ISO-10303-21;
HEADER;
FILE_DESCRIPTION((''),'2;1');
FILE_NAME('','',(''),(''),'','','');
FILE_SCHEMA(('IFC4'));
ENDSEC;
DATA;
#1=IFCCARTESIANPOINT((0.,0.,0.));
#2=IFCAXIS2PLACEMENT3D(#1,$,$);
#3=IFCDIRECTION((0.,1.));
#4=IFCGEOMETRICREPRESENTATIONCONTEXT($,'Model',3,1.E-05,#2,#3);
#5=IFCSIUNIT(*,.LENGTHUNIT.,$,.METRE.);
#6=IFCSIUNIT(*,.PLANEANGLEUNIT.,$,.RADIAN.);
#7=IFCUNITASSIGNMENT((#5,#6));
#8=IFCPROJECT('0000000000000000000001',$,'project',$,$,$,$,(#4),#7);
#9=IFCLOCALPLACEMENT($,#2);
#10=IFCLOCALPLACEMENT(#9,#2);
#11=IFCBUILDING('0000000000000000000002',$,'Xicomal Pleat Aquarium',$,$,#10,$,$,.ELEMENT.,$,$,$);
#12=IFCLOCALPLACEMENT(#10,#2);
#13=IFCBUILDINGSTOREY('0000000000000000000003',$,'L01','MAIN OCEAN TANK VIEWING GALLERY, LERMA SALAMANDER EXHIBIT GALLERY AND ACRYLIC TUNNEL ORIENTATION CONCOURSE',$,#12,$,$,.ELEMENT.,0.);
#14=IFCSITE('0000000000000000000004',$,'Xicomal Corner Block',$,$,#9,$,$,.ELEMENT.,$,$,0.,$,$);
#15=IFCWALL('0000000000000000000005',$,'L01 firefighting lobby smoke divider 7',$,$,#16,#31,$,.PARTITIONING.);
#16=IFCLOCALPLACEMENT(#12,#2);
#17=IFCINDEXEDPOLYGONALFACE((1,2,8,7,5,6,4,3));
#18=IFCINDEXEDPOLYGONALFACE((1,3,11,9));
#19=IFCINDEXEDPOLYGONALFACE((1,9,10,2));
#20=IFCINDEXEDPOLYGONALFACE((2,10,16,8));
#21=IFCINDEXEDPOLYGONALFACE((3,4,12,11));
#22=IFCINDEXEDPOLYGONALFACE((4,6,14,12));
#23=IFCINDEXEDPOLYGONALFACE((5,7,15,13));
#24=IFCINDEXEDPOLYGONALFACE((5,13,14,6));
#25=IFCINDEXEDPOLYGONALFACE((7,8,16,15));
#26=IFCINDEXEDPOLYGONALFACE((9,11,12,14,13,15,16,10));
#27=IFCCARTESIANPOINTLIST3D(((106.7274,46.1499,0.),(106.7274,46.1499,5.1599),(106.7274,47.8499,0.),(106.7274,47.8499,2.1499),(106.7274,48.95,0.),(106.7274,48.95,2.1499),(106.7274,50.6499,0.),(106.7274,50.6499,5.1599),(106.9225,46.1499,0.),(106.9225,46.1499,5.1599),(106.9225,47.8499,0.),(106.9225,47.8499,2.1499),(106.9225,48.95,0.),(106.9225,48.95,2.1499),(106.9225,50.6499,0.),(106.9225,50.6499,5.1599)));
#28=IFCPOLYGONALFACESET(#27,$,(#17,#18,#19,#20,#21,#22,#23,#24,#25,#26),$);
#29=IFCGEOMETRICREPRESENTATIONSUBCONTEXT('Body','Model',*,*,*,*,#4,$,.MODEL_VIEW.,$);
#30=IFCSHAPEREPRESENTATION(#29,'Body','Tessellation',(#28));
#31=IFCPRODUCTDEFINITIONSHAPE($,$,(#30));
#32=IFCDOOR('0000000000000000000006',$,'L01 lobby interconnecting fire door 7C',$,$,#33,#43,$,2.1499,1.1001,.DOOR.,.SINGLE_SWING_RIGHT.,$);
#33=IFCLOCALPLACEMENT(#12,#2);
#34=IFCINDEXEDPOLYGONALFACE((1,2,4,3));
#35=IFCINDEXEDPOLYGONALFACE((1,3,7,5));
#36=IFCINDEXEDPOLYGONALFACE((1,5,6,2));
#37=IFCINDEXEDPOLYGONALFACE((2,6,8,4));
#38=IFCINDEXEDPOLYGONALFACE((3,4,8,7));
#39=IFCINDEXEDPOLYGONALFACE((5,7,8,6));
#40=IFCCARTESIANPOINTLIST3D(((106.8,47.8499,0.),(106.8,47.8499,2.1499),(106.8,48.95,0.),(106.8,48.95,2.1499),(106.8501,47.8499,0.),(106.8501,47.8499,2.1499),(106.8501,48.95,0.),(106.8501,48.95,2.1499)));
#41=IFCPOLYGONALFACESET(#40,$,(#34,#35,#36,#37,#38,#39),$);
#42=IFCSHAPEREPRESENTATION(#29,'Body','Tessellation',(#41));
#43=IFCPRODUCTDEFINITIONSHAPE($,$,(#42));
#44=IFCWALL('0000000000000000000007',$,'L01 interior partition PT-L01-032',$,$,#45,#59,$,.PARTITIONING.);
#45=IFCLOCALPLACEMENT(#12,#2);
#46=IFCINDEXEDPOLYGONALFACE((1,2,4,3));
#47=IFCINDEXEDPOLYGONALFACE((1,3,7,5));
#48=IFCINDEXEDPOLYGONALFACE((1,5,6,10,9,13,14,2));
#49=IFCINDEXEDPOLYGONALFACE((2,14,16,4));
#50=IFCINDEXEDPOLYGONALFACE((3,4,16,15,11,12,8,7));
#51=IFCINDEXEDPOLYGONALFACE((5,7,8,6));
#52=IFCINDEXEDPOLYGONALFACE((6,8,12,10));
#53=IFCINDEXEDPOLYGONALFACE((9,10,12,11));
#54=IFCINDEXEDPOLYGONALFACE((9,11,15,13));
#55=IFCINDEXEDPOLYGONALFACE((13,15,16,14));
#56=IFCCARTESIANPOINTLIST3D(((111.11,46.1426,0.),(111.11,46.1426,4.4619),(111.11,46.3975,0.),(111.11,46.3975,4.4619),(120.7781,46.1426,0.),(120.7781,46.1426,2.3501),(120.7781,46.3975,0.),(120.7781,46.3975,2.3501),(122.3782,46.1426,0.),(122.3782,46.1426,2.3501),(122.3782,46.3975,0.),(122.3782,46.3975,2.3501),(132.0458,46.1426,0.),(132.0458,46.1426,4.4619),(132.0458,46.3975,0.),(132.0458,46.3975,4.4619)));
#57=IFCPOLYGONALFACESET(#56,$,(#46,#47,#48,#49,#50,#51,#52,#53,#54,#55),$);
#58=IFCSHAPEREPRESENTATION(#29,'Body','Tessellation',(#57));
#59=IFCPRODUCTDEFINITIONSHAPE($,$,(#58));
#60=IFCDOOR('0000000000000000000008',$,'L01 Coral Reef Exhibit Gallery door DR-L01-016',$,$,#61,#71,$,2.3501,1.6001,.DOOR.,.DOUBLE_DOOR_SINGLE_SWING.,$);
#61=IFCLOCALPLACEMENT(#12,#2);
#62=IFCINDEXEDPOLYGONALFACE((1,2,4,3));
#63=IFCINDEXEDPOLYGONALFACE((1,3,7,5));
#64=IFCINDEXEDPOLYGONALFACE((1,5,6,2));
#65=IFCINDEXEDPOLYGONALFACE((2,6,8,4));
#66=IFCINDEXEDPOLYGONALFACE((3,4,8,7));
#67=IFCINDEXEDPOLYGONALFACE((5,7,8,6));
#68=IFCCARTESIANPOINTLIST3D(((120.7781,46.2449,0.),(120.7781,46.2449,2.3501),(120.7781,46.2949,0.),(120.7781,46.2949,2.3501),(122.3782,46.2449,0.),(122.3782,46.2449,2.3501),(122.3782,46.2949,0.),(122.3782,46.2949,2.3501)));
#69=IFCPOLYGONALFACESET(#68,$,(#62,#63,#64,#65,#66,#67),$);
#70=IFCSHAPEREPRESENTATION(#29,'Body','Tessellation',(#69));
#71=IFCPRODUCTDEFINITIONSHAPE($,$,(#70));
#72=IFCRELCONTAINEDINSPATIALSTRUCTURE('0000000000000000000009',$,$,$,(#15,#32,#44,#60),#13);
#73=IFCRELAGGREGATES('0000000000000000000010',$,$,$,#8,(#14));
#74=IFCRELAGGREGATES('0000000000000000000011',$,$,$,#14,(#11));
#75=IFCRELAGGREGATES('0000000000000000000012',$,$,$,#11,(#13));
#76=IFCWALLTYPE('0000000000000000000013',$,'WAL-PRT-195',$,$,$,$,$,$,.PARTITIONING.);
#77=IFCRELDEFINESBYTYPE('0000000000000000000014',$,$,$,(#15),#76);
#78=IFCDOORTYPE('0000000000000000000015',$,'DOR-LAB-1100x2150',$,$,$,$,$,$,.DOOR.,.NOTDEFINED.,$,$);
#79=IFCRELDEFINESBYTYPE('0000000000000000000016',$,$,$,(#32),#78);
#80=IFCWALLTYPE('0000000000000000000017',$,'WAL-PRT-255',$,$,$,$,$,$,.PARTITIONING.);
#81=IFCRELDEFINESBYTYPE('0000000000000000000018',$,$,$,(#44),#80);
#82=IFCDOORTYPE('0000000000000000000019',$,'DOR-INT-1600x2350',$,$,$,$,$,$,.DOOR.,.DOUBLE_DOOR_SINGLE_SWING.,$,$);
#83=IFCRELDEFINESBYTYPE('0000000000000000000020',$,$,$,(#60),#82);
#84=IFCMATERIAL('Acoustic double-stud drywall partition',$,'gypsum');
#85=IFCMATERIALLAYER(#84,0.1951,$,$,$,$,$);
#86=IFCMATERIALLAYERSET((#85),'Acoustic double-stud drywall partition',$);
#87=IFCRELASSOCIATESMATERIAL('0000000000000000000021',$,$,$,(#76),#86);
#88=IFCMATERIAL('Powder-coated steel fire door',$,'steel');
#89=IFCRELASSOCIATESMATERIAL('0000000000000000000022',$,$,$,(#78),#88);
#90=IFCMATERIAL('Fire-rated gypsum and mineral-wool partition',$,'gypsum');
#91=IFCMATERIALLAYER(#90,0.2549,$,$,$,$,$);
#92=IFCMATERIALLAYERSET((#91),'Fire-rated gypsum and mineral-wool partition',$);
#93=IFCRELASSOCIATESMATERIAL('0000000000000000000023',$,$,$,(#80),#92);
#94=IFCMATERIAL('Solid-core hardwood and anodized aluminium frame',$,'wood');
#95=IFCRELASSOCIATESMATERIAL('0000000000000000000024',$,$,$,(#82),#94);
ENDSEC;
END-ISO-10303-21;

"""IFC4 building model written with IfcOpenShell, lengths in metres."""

from ifc_helpers import new_model, si_unit, direction, frame, frame_2d, origin, place, context, subcontext, project, spatial, rectangle, extrude, material, layer, layer_set, type_object, element, fill, save


model = new_model("IFC4")

# Units and contexts
model_context = context("Model", 3, precision=1e-05, world=origin(), true_north=direction((0.0, 1.0)))
body_context = subcontext(model_context, "Body", "Model", "MODEL_VIEW")
ifc_project = project(units=[si_unit("LENGTHUNIT", "METRE"), si_unit("PLANEANGLEUNIT", "RADIAN")], contexts=[model_context])

# Site, building, storey
site_placement = place(None, origin())
site = spatial("IfcSite", under=ifc_project, at=site_placement, Name="Xicomal Corner Block", CompositionType="ELEMENT", RefElevation=0.0)
building_placement = place(site_placement, origin())
building = spatial("IfcBuilding", under=site, at=building_placement, Name="Xicomal Pleat Aquarium", CompositionType="ELEMENT")
storey_placement = place(building_placement, origin())
storey = spatial("IfcBuildingStorey", under=building, at=storey_placement, Name="L01", Description="MAIN OCEAN TANK VIEWING GALLERY, LERMA SALAMANDER EXHIBIT GALLERY AND ACRYLIC TUNNEL ORIENTATION CONCOURSE", CompositionType="ELEMENT", Elevation=0.0)

# Walls, openings, doors
ifc_material_1 = material(Name="Acoustic double-stud drywall partition", Category="gypsum")
ifc_layer_1 = layer(ifc_material_1, 0.1951)
ifc_layer_set_1 = layer_set([ifc_layer_1], Name="Acoustic double-stud drywall partition")
wall_type_1 = type_object("IfcWallType", Name="WAL-PRT-195", PredefinedType="PARTITIONING", material=ifc_layer_set_1)
wall_1_placement = place(storey_placement, frame((106.825, 46.1499, 0.0), z_axis=(0.0, 0.0, 1.0), x_axis=(0.0, 1.0, 0.0)))
wall_1 = element("IfcWall", 1, at=wall_1_placement, inside=storey, type_object=wall_type_1, Name="L01 firefighting lobby smoke divider 7", PredefinedType="PARTITIONING", context=body_context, shape_type="SweptSolid", body=[
    extrude(rectangle(XDim=4.5, YDim=0.1951, at=frame_2d((2.25, 0.0))), origin(), (0.0, 0.0, 1.0), 5.1599),
])
opening_1_placement = place(wall_1_placement, frame((1.7, 0.0, 0.0)))
opening_1 = element("IfcOpeningElement", 2, at=opening_1_placement, cuts=wall_1, PredefinedType="OPENING", context=body_context, shape_type="SweptSolid", body=[
    extrude(rectangle(XDim=1.1001, YDim=2.1499, at=frame_2d((0.55, 1.075))), frame((0.0, 0.1074, 0.0), z_axis=(0.0, -1.0, 0.0), x_axis=(1.0, 0.0, 0.0)), (0.0, 0.0, 1.0), 0.2151),
])
ifc_material_2 = material(Name="Powder-coated steel fire door", Category="steel")
door_type_1 = type_object("IfcDoorType", Name="DOR-LAB-1100x2150", OperationType="NOTDEFINED", PredefinedType="DOOR", material=ifc_material_2)
door_1_placement = place(opening_1_placement, origin())
door_1 = element("IfcDoor", 3, at=door_1_placement, inside=storey, type_object=door_type_1, Name="L01 lobby interconnecting fire door 7C", OperationType="SINGLE_SWING_RIGHT", OverallHeight=2.1499, OverallWidth=1.1001, PredefinedType="DOOR", context=body_context, shape_type="SweptSolid", body=[
    extrude(rectangle(XDim=1.1001, YDim=2.1499, at=frame_2d((0.55, 1.075))), frame((0.0, 0.0249, 0.0), z_axis=(0.0, -1.0, 0.0), x_axis=(1.0, 0.0, 0.0)), (0.0, 0.0, 1.0), 0.05),
])
fill(opening_1, door_1)
ifc_material_3 = material(Name="Fire-rated gypsum and mineral-wool partition", Category="gypsum")
ifc_layer_2 = layer(ifc_material_3, 0.2549)
ifc_layer_set_2 = layer_set([ifc_layer_2], Name="Fire-rated gypsum and mineral-wool partition")
wall_type_2 = type_object("IfcWallType", Name="WAL-PRT-255", PredefinedType="PARTITIONING", material=ifc_layer_set_2)
wall_2_placement = place(storey_placement, frame((111.1101, 46.27, 0.0), z_axis=(0.0, 0.0, 1.0), x_axis=(1.0, 0.0, 0.0)))
wall_2 = element("IfcWall", 4, at=wall_2_placement, inside=storey, type_object=wall_type_2, Name="L01 interior partition PT-L01-032", PredefinedType="PARTITIONING", context=body_context, shape_type="SweptSolid", body=[
    extrude(rectangle(XDim=20.9358, YDim=0.2549, at=frame_2d((10.4678, 0.0))), origin(), (0.0, 0.0, 1.0), 4.4619),
])
opening_2_placement = place(wall_2_placement, frame((9.668, 0.0, 0.0)))
opening_2 = element("IfcOpeningElement", 5, at=opening_2_placement, cuts=wall_2, PredefinedType="OPENING", context=body_context, shape_type="SweptSolid", body=[
    extrude(rectangle(XDim=1.6001, YDim=2.3501, at=frame_2d((0.8, 1.175))), frame((0.0, 0.1375, 0.0), z_axis=(0.0, -1.0, 0.0), x_axis=(1.0, 0.0, 0.0)), (0.0, 0.0, 1.0), 0.2749),
])
ifc_material_4 = material(Name="Solid-core hardwood and anodized aluminium frame", Category="wood")
door_type_2 = type_object("IfcDoorType", Name="DOR-INT-1600x2350", OperationType="DOUBLE_DOOR_SINGLE_SWING", PredefinedType="DOOR", material=ifc_material_4)
door_2_placement = place(opening_2_placement, origin())
door_2 = element("IfcDoor", 6, at=door_2_placement, inside=storey, type_object=door_type_2, Name="L01 Coral Reef Exhibit Gallery door DR-L01-016", OperationType="DOUBLE_DOOR_SINGLE_SWING", OverallHeight=2.3501, OverallWidth=1.6001, PredefinedType="DOOR", context=body_context, shape_type="SweptSolid", body=[
    extrude(rectangle(XDim=1.6001, YDim=2.3501, at=frame_2d((0.8, 1.175))), frame((0.0, 0.0249, 0.0), z_axis=(0.0, -1.0, 0.0), x_axis=(1.0, 0.0, 0.0)), (0.0, 0.0, 1.0), 0.05),
])
fill(opening_2, door_2)

save(model, "model.ifc")
